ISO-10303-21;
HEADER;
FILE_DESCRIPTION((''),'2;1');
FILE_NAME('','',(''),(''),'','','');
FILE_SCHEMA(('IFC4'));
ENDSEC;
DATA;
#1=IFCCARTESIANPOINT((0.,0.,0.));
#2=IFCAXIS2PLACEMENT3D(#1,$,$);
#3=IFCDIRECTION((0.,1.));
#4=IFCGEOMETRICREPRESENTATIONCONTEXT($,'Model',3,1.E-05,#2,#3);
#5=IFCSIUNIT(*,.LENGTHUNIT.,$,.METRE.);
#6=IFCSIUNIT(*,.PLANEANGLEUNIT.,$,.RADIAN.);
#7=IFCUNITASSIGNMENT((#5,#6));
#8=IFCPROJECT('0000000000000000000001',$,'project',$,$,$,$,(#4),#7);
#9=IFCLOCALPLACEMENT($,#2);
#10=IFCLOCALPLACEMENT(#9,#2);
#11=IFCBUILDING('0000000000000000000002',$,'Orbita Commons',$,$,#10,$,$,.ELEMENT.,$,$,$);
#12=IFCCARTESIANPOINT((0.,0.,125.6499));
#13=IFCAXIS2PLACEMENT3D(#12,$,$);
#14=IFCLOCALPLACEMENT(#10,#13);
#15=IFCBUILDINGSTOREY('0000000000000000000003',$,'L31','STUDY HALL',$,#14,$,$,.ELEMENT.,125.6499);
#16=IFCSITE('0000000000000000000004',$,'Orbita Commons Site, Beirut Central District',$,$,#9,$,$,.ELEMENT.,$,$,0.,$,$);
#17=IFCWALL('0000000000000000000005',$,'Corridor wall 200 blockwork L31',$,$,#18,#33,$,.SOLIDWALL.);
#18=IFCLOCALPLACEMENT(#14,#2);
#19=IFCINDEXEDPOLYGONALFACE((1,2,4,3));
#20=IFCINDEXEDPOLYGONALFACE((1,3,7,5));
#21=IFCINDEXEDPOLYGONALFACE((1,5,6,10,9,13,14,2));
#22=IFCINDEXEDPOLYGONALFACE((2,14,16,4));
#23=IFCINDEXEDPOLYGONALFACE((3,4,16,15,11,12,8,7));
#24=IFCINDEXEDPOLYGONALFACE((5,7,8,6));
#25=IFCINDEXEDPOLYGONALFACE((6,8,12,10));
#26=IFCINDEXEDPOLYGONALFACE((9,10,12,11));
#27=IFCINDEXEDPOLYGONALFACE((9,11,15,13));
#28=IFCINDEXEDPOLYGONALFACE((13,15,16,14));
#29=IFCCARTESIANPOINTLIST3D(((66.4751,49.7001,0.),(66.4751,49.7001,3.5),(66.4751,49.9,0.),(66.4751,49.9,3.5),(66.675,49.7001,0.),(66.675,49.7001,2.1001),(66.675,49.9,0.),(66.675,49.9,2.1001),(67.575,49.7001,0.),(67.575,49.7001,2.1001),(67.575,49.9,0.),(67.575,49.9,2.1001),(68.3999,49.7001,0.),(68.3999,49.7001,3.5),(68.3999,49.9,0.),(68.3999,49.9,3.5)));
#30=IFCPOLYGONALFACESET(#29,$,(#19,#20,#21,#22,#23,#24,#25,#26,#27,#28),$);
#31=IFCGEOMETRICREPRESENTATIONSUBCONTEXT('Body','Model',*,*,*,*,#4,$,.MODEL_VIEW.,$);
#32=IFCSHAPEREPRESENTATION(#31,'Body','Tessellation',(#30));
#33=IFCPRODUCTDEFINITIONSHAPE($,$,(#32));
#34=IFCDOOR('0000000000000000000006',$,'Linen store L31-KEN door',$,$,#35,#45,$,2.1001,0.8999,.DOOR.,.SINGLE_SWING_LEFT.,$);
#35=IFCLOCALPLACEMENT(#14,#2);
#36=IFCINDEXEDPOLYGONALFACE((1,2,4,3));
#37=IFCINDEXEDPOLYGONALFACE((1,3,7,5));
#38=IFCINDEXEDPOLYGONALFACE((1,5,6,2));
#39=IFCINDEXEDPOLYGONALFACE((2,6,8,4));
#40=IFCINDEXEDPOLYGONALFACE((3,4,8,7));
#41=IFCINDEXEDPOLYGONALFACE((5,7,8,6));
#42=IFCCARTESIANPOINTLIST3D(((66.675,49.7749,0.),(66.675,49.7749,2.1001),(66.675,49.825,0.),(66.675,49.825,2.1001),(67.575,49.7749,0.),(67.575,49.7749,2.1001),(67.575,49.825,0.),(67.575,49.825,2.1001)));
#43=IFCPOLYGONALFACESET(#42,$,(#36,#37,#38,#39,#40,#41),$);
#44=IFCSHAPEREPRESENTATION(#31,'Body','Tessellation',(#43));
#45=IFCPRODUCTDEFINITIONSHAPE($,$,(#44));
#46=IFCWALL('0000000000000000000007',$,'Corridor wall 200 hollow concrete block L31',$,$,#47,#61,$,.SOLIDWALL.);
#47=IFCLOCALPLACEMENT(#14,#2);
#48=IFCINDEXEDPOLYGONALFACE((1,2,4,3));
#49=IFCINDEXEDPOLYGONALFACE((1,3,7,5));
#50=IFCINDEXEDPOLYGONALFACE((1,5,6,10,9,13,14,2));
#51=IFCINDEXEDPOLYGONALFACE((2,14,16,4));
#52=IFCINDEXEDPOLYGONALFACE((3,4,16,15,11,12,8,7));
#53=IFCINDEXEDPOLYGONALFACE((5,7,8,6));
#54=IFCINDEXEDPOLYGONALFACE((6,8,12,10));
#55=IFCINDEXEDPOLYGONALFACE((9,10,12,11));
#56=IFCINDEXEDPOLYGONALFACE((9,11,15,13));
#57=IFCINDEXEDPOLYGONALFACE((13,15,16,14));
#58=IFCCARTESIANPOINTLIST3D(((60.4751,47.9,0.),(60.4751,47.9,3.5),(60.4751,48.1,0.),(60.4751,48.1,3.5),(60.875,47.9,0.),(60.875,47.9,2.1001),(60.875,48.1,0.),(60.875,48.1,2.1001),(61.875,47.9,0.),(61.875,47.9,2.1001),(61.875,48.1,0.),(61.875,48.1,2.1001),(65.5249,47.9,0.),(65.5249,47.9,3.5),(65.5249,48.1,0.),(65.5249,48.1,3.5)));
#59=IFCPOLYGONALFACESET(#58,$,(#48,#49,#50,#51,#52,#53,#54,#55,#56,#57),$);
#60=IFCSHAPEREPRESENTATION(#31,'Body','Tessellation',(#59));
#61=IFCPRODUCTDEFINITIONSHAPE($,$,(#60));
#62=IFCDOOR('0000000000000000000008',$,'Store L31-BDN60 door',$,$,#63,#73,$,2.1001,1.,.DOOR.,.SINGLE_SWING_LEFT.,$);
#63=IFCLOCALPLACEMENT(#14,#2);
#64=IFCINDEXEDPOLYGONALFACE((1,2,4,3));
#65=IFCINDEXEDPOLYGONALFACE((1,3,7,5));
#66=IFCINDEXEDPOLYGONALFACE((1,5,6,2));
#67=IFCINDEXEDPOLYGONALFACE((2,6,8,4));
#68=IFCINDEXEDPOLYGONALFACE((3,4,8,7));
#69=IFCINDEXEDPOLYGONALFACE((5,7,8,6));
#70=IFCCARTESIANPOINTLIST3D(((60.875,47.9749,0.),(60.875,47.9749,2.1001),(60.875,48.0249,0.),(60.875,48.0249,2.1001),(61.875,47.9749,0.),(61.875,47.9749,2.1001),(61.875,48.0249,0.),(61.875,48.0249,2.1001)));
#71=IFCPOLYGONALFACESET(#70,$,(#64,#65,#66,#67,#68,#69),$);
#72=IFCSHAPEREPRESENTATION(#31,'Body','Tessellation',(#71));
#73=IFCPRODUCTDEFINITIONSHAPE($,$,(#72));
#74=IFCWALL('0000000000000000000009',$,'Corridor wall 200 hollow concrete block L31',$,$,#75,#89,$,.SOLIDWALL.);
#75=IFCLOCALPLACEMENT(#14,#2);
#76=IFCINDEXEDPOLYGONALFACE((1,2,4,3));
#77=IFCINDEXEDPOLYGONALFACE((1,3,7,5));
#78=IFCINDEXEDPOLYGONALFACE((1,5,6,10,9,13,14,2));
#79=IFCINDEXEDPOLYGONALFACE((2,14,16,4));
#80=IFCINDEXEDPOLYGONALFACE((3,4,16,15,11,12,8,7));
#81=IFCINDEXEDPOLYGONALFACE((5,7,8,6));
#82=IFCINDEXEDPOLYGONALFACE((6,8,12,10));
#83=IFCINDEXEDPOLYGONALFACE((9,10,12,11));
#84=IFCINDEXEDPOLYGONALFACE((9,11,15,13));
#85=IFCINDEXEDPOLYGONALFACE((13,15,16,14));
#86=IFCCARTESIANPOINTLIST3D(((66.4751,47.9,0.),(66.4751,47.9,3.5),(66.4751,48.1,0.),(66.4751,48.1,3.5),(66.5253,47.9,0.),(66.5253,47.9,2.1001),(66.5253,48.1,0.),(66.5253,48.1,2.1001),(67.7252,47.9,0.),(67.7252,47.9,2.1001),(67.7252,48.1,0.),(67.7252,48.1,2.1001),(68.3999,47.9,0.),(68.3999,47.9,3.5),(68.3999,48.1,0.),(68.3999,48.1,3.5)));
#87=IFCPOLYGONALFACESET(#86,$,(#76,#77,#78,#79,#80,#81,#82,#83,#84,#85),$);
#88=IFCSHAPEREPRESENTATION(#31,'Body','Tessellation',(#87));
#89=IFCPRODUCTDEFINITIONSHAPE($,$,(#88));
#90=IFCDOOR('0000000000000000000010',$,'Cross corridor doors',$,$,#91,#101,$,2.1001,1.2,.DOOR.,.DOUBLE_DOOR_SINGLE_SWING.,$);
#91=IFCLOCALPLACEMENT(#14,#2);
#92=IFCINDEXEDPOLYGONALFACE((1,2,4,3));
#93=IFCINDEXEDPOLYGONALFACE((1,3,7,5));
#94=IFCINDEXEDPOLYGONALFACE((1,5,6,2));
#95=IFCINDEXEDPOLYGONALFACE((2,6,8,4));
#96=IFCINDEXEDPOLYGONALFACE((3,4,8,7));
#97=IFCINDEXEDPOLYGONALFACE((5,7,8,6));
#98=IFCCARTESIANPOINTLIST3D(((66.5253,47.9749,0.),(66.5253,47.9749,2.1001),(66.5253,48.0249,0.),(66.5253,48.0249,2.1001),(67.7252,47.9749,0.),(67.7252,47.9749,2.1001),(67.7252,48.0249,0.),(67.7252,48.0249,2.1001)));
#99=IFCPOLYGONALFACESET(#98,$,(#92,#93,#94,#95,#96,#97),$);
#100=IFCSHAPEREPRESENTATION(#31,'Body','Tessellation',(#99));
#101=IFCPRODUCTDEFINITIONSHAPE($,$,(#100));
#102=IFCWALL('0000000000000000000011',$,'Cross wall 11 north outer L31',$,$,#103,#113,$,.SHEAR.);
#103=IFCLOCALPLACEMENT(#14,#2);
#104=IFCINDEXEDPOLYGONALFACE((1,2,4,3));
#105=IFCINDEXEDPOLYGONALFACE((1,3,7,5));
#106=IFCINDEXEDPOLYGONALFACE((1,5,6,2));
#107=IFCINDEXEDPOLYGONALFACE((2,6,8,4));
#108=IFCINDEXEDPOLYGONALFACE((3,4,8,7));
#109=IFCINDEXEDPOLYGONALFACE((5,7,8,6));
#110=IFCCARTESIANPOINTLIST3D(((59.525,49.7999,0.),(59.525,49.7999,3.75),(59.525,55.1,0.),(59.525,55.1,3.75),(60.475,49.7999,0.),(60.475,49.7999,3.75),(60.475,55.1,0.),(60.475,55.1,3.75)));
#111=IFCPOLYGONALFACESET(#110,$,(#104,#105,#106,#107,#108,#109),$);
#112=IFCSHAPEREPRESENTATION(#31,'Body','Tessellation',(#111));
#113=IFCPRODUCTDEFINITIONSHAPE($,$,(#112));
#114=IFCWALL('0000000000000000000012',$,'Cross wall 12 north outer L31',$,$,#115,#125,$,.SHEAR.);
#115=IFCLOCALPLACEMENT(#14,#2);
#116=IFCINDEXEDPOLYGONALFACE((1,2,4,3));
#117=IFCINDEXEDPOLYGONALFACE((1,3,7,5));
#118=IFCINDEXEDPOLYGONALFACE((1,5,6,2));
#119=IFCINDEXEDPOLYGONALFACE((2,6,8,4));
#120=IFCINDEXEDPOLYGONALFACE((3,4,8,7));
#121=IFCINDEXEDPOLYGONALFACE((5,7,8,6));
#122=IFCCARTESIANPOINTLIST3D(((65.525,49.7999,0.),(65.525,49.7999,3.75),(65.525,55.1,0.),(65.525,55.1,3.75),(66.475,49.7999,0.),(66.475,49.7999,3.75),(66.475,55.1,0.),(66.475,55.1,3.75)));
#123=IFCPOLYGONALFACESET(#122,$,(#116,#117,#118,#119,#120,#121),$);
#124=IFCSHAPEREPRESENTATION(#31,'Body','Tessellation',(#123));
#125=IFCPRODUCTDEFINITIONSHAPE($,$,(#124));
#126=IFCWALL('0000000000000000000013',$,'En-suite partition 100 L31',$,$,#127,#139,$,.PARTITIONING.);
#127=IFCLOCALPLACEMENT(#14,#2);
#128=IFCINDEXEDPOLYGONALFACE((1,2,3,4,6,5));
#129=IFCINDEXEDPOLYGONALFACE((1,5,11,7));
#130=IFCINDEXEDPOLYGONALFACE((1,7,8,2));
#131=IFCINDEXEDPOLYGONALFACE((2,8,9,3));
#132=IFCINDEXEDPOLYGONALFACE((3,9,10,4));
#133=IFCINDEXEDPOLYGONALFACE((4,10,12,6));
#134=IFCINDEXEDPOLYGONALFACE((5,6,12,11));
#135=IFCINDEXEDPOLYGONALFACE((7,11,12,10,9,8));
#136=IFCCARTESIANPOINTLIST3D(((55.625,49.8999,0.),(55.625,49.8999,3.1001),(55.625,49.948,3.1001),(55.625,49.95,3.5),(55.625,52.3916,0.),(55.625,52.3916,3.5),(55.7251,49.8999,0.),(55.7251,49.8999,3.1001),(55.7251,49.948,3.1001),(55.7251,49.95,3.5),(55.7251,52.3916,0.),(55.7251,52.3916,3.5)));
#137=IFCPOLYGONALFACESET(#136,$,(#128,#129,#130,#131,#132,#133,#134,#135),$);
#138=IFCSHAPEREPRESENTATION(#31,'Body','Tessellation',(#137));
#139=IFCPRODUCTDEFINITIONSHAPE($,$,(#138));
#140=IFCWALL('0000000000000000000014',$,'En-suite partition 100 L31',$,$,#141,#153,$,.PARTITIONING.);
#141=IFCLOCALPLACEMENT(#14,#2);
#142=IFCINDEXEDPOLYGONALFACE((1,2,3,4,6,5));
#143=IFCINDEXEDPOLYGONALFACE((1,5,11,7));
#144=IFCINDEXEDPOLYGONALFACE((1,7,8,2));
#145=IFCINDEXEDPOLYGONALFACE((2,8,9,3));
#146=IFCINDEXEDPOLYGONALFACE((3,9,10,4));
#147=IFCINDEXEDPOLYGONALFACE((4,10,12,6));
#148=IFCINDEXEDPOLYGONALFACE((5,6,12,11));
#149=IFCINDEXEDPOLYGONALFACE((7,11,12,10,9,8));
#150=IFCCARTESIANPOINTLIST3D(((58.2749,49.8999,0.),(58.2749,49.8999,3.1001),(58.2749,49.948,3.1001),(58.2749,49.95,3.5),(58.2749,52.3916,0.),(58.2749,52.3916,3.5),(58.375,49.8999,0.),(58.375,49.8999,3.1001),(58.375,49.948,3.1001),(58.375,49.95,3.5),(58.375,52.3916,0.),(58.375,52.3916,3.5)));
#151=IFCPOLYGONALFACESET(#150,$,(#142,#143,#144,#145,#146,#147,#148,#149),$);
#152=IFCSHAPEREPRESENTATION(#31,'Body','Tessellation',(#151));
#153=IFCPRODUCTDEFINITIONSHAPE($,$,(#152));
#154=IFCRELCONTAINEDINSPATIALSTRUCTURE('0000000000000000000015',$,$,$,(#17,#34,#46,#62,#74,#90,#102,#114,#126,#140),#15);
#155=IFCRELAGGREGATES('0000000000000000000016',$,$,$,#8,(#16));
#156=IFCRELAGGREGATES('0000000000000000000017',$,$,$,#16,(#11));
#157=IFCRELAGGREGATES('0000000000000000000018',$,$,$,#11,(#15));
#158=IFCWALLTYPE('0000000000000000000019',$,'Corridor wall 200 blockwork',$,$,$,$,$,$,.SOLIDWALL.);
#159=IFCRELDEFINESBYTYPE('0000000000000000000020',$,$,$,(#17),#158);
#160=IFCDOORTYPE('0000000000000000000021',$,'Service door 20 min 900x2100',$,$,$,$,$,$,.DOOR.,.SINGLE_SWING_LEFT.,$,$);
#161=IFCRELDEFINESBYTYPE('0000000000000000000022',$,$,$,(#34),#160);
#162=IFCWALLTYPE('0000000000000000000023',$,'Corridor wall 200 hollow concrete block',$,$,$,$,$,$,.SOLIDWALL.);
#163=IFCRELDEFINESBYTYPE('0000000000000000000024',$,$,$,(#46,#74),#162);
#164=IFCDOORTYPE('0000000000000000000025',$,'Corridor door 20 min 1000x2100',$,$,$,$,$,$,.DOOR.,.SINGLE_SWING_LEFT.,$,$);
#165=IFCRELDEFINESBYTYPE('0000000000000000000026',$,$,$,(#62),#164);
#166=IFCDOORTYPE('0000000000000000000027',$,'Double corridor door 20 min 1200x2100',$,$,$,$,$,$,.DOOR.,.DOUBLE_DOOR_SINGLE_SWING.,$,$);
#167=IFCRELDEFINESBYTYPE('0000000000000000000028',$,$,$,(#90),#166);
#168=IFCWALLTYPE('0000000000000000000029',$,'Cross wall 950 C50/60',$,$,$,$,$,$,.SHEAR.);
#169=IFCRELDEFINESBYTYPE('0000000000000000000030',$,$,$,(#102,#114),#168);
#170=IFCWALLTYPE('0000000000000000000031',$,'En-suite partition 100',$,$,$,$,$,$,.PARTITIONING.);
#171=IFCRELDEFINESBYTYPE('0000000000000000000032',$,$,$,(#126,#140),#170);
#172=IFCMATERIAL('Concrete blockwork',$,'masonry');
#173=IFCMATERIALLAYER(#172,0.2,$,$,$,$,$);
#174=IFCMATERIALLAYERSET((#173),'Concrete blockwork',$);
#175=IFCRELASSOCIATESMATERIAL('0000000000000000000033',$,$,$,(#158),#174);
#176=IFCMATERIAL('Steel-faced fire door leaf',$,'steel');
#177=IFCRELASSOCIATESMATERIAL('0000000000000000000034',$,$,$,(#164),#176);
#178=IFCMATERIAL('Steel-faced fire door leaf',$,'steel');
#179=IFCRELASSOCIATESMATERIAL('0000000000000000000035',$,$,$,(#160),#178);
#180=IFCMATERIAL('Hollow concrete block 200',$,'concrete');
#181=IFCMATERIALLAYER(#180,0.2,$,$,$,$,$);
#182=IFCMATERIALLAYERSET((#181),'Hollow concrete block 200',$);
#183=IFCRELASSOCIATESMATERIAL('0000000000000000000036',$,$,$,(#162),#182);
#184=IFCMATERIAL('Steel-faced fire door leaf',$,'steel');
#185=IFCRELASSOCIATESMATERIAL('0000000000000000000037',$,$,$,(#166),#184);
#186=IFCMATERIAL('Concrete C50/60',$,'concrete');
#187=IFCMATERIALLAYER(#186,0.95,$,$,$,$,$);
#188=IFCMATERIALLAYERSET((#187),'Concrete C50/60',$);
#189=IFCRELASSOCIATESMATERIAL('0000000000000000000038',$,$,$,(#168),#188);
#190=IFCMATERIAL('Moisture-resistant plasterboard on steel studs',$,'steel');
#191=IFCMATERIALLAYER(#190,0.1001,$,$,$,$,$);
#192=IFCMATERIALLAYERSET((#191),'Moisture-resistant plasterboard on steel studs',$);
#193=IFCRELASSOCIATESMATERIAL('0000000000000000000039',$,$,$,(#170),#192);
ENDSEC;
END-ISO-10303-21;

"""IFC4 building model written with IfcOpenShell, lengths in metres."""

from ifc_helpers import new_model, si_unit, direction, frame, frame_2d, origin, place, context, subcontext, project, spatial, polyline, rectangle, outline, extrude, material, layer, layer_set, type_object, element, fill, save


model = new_model("IFC4")

# Units and contexts
model_context = context("Model", 3, precision=1e-05, world=origin(), true_north=direction((0.0, 1.0)))
body_context = subcontext(model_context, "Body", "Model", "MODEL_VIEW")
ifc_project = project(units=[si_unit("LENGTHUNIT", "METRE"), si_unit("PLANEANGLEUNIT", "RADIAN")], contexts=[model_context])

# Site, building, storey
site_placement = place(None, origin())
site = spatial("IfcSite", under=ifc_project, at=site_placement, Name="Orbita Commons Site, Beirut Central District", CompositionType="ELEMENT", RefElevation=0.0)
building_placement = place(site_placement, origin())
building = spatial("IfcBuilding", under=site, at=building_placement, Name="Orbita Commons", CompositionType="ELEMENT")
storey_placement = place(building_placement, frame((0.0, 0.0, 125.6499)))
storey = spatial("IfcBuildingStorey", under=building, at=storey_placement, Name="L31", Description="STUDY HALL", CompositionType="ELEMENT", Elevation=125.6499)

# Shared definitions
ifc_material_1 = material(Name="Concrete blockwork", Category="masonry")
ifc_layer_1 = layer(ifc_material_1, 0.2)
ifc_layer_set_1 = layer_set([ifc_layer_1], Name="Concrete blockwork")
wall_type_1 = type_object("IfcWallType", Name="Corridor wall 200 blockwork", PredefinedType="SOLIDWALL", material=ifc_layer_set_1)

# Walls, openings, doors
ifc_material_2 = material(Name="Steel-faced fire door leaf", Category="steel")
door_type_1 = type_object("IfcDoorType", Name="Corridor door 20 min 1000x2100", OperationType="SINGLE_SWING_LEFT", PredefinedType="DOOR", material=ifc_material_2)
wall_1_placement = place(storey_placement, frame((66.4751, 49.8, 0.0), z_axis=(0.0, 0.0, 1.0), x_axis=(1.0, 0.0, 0.0)))
wall_1 = element("IfcWall", 1, at=wall_1_placement, inside=storey, type_object=wall_type_1, Name="Corridor wall 200 blockwork L31", PredefinedType="SOLIDWALL", context=body_context, shape_type="SweptSolid", body=[
    extrude(rectangle(XDim=1.9248, YDim=0.2, at=frame_2d((0.9624, 0.0))), origin(), (0.0, 0.0, 1.0), 3.5),
])
opening_1_placement = place(wall_1_placement, frame((0.2, 0.0, 0.0)))
opening_1 = element("IfcOpeningElement", 2, at=opening_1_placement, cuts=wall_1, PredefinedType="OPENING", context=body_context, shape_type="SweptSolid", body=[
    extrude(rectangle(XDim=0.8999, YDim=2.1001, at=frame_2d((0.45, 1.05))), frame((0.0, 0.1099, 0.0), z_axis=(0.0, -1.0, 0.0), x_axis=(1.0, 0.0, 0.0)), (0.0, 0.0, 1.0), 0.22),
])
ifc_material_3 = material(Name="Steel-faced fire door leaf", Category="steel")
door_type_2 = type_object("IfcDoorType", Name="Service door 20 min 900x2100", OperationType="SINGLE_SWING_LEFT", PredefinedType="DOOR", material=ifc_material_3)
door_1_placement = place(opening_1_placement, origin())
door_1 = element("IfcDoor", 3, at=door_1_placement, inside=storey, type_object=door_type_2, Name="Linen store L31-KEN door", OperationType="SINGLE_SWING_LEFT", OverallHeight=2.1001, OverallWidth=0.8999, PredefinedType="DOOR", context=body_context, shape_type="SweptSolid", body=[
    extrude(rectangle(XDim=0.8999, YDim=2.1001, at=frame_2d((0.45, 1.05))), frame((0.0, 0.0249, 0.0), z_axis=(0.0, -1.0, 0.0), x_axis=(1.0, 0.0, 0.0)), (0.0, 0.0, 1.0), 0.05),
])
fill(opening_1, door_1)
ifc_material_4 = material(Name="Hollow concrete block 200", Category="concrete")
ifc_layer_2 = layer(ifc_material_4, 0.2)
ifc_layer_set_2 = layer_set([ifc_layer_2], Name="Hollow concrete block 200")
wall_type_2 = type_object("IfcWallType", Name="Corridor wall 200 hollow concrete block", PredefinedType="SOLIDWALL", material=ifc_layer_set_2)
wall_2_placement = place(storey_placement, frame((60.4751, 48.0, 0.0), z_axis=(0.0, 0.0, 1.0), x_axis=(1.0, 0.0, 0.0)))
wall_2 = element("IfcWall", 4, at=wall_2_placement, inside=storey, type_object=wall_type_2, Name="Corridor wall 200 hollow concrete block L31", PredefinedType="SOLIDWALL", context=body_context, shape_type="SweptSolid", body=[
    extrude(rectangle(XDim=5.0498, YDim=0.2, at=frame_2d((2.5249, 0.0))), origin(), (0.0, 0.0, 1.0), 3.5),
])
opening_2_placement = place(wall_2_placement, frame((0.3999, 0.0, 0.0)))
opening_2 = element("IfcOpeningElement", 5, at=opening_2_placement, cuts=wall_2, PredefinedType="OPENING", context=body_context, shape_type="SweptSolid", body=[
    extrude(rectangle(XDim=1.0, YDim=2.1001, at=frame_2d((0.5, 1.05))), frame((0.0, 0.1099, 0.0), z_axis=(0.0, -1.0, 0.0), x_axis=(1.0, 0.0, 0.0)), (0.0, 0.0, 1.0), 0.22),
])
door_2_placement = place(opening_2_placement, origin())
door_2 = element("IfcDoor", 6, at=door_2_placement, inside=storey, type_object=door_type_1, Name="Store L31-BDN60 door", OperationType="SINGLE_SWING_LEFT", OverallHeight=2.1001, OverallWidth=1.0, PredefinedType="DOOR", context=body_context, shape_type="SweptSolid", body=[
    extrude(rectangle(XDim=1.0, YDim=2.1001, at=frame_2d((0.5, 1.05))), frame((0.0, 0.0249, 0.0), z_axis=(0.0, -1.0, 0.0), x_axis=(1.0, 0.0, 0.0)), (0.0, 0.0, 1.0), 0.05),
])
fill(opening_2, door_2)
wall_3_placement = place(storey_placement, frame((66.4751, 48.0, 0.0), z_axis=(0.0, 0.0, 1.0), x_axis=(1.0, 0.0, 0.0)))
wall_3 = element("IfcWall", 7, at=wall_3_placement, inside=storey, type_object=wall_type_2, Name="Corridor wall 200 hollow concrete block L31", PredefinedType="SOLIDWALL", context=body_context, shape_type="SweptSolid", body=[
    extrude(rectangle(XDim=1.9248, YDim=0.2, at=frame_2d((0.9624, 0.0))), origin(), (0.0, 0.0, 1.0), 3.5),
])
opening_3_placement = place(wall_3_placement, frame((0.05, 0.0, 0.0)))
opening_3 = element("IfcOpeningElement", 8, at=opening_3_placement, cuts=wall_3, PredefinedType="OPENING", context=body_context, shape_type="SweptSolid", body=[
    extrude(rectangle(XDim=1.2, YDim=2.1001, at=frame_2d((0.6001, 1.05))), frame((0.0, 0.1099, 0.0), z_axis=(0.0, -1.0, 0.0), x_axis=(1.0, 0.0, 0.0)), (0.0, 0.0, 1.0), 0.22),
])
ifc_material_5 = material(Name="Steel-faced fire door leaf", Category="steel")
door_type_3 = type_object("IfcDoorType", Name="Double corridor door 20 min 1200x2100", OperationType="DOUBLE_DOOR_SINGLE_SWING", PredefinedType="DOOR", material=ifc_material_5)
door_3_placement = place(opening_3_placement, origin())
door_3 = element("IfcDoor", 9, at=door_3_placement, inside=storey, type_object=door_type_3, Name="Cross corridor doors", OperationType="DOUBLE_DOOR_SINGLE_SWING", OverallHeight=2.1001, OverallWidth=1.2, PredefinedType="DOOR", context=body_context, shape_type="SweptSolid", body=[
    extrude(rectangle(XDim=1.2, YDim=2.1001, at=frame_2d((0.6001, 1.05))), frame((0.0, 0.0249, 0.0), z_axis=(0.0, -1.0, 0.0), x_axis=(1.0, 0.0, 0.0)), (0.0, 0.0, 1.0), 0.05),
])
fill(opening_3, door_3)

# Walls
ifc_material_6 = material(Name="Concrete C50/60", Category="concrete")
ifc_layer_3 = layer(ifc_material_6, 0.95)
ifc_layer_set_3 = layer_set([ifc_layer_3], Name="Concrete C50/60")
wall_type_3 = type_object("IfcWallType", Name="Cross wall 950 C50/60", PredefinedType="SHEAR", material=ifc_layer_set_3)
for number, where, z_axis, x_axis, name in (
    (10, (60.0, 49.8, 0.0), (0.0, 0.0, 1.0), (0.0, 1.0, 0.0), "Cross wall 11 north outer L31"),
    (11, (66.0, 49.8, 0.0), (0.0, 0.0, 1.0), (0.0, 1.0, 0.0), "Cross wall 12 north outer L31"),
):
    element("IfcWall", number, at=place(storey_placement, frame(where, z_axis=z_axis, x_axis=x_axis)), inside=storey, type_object=wall_type_3, Name=name, PredefinedType="SHEAR", context=body_context, shape_type="SweptSolid", body=[
        extrude(rectangle(XDim=5.3, YDim=0.95, at=frame_2d((2.6499, 0.0))), origin(), (0.0, 0.0, 1.0), 3.75),
    ])
ifc_material_7 = material(Name="Moisture-resistant plasterboard on steel studs", Category="steel")
ifc_layer_4 = layer(ifc_material_7, 0.1001)
ifc_layer_set_4 = layer_set([ifc_layer_4], Name="Moisture-resistant plasterboard on steel studs")
wall_type_4 = type_object("IfcWallType", Name="En-suite partition 100", PredefinedType="PARTITIONING", material=ifc_layer_set_4)
for number, where, z_axis, x_axis, name in (
    (12, (55.675, 52.3916, 0.0), (0.0, 0.0, 1.0), (0.0, -1.0, 0.0), "En-suite partition 100 L31"),
    (13, (58.325, 52.3916, 0.0), (0.0, 0.0, 1.0), (0.0, -1.0, 0.0), "En-suite partition 100 L31"),
):
    element("IfcWall", number, at=place(storey_placement, frame(where, z_axis=z_axis, x_axis=x_axis)), inside=storey, type_object=wall_type_4, Name=name, PredefinedType="PARTITIONING", context=body_context, shape_type="SweptSolid", body=[
        extrude(outline(polyline([(0.0, 0.0), (2.4917, 0.0), (2.4917, 3.1001), (2.4436, 3.1001), (2.4417, 3.5), (0.0, 3.5), (0.0, 0.0)])), frame((0.0, 0.05, 0.0), z_axis=(0.0, -1.0, 0.0), x_axis=(1.0, 0.0, 0.0)), (0.0, 0.0, 1.0), 0.1001),
    ])

save(model, "model.ifc")
